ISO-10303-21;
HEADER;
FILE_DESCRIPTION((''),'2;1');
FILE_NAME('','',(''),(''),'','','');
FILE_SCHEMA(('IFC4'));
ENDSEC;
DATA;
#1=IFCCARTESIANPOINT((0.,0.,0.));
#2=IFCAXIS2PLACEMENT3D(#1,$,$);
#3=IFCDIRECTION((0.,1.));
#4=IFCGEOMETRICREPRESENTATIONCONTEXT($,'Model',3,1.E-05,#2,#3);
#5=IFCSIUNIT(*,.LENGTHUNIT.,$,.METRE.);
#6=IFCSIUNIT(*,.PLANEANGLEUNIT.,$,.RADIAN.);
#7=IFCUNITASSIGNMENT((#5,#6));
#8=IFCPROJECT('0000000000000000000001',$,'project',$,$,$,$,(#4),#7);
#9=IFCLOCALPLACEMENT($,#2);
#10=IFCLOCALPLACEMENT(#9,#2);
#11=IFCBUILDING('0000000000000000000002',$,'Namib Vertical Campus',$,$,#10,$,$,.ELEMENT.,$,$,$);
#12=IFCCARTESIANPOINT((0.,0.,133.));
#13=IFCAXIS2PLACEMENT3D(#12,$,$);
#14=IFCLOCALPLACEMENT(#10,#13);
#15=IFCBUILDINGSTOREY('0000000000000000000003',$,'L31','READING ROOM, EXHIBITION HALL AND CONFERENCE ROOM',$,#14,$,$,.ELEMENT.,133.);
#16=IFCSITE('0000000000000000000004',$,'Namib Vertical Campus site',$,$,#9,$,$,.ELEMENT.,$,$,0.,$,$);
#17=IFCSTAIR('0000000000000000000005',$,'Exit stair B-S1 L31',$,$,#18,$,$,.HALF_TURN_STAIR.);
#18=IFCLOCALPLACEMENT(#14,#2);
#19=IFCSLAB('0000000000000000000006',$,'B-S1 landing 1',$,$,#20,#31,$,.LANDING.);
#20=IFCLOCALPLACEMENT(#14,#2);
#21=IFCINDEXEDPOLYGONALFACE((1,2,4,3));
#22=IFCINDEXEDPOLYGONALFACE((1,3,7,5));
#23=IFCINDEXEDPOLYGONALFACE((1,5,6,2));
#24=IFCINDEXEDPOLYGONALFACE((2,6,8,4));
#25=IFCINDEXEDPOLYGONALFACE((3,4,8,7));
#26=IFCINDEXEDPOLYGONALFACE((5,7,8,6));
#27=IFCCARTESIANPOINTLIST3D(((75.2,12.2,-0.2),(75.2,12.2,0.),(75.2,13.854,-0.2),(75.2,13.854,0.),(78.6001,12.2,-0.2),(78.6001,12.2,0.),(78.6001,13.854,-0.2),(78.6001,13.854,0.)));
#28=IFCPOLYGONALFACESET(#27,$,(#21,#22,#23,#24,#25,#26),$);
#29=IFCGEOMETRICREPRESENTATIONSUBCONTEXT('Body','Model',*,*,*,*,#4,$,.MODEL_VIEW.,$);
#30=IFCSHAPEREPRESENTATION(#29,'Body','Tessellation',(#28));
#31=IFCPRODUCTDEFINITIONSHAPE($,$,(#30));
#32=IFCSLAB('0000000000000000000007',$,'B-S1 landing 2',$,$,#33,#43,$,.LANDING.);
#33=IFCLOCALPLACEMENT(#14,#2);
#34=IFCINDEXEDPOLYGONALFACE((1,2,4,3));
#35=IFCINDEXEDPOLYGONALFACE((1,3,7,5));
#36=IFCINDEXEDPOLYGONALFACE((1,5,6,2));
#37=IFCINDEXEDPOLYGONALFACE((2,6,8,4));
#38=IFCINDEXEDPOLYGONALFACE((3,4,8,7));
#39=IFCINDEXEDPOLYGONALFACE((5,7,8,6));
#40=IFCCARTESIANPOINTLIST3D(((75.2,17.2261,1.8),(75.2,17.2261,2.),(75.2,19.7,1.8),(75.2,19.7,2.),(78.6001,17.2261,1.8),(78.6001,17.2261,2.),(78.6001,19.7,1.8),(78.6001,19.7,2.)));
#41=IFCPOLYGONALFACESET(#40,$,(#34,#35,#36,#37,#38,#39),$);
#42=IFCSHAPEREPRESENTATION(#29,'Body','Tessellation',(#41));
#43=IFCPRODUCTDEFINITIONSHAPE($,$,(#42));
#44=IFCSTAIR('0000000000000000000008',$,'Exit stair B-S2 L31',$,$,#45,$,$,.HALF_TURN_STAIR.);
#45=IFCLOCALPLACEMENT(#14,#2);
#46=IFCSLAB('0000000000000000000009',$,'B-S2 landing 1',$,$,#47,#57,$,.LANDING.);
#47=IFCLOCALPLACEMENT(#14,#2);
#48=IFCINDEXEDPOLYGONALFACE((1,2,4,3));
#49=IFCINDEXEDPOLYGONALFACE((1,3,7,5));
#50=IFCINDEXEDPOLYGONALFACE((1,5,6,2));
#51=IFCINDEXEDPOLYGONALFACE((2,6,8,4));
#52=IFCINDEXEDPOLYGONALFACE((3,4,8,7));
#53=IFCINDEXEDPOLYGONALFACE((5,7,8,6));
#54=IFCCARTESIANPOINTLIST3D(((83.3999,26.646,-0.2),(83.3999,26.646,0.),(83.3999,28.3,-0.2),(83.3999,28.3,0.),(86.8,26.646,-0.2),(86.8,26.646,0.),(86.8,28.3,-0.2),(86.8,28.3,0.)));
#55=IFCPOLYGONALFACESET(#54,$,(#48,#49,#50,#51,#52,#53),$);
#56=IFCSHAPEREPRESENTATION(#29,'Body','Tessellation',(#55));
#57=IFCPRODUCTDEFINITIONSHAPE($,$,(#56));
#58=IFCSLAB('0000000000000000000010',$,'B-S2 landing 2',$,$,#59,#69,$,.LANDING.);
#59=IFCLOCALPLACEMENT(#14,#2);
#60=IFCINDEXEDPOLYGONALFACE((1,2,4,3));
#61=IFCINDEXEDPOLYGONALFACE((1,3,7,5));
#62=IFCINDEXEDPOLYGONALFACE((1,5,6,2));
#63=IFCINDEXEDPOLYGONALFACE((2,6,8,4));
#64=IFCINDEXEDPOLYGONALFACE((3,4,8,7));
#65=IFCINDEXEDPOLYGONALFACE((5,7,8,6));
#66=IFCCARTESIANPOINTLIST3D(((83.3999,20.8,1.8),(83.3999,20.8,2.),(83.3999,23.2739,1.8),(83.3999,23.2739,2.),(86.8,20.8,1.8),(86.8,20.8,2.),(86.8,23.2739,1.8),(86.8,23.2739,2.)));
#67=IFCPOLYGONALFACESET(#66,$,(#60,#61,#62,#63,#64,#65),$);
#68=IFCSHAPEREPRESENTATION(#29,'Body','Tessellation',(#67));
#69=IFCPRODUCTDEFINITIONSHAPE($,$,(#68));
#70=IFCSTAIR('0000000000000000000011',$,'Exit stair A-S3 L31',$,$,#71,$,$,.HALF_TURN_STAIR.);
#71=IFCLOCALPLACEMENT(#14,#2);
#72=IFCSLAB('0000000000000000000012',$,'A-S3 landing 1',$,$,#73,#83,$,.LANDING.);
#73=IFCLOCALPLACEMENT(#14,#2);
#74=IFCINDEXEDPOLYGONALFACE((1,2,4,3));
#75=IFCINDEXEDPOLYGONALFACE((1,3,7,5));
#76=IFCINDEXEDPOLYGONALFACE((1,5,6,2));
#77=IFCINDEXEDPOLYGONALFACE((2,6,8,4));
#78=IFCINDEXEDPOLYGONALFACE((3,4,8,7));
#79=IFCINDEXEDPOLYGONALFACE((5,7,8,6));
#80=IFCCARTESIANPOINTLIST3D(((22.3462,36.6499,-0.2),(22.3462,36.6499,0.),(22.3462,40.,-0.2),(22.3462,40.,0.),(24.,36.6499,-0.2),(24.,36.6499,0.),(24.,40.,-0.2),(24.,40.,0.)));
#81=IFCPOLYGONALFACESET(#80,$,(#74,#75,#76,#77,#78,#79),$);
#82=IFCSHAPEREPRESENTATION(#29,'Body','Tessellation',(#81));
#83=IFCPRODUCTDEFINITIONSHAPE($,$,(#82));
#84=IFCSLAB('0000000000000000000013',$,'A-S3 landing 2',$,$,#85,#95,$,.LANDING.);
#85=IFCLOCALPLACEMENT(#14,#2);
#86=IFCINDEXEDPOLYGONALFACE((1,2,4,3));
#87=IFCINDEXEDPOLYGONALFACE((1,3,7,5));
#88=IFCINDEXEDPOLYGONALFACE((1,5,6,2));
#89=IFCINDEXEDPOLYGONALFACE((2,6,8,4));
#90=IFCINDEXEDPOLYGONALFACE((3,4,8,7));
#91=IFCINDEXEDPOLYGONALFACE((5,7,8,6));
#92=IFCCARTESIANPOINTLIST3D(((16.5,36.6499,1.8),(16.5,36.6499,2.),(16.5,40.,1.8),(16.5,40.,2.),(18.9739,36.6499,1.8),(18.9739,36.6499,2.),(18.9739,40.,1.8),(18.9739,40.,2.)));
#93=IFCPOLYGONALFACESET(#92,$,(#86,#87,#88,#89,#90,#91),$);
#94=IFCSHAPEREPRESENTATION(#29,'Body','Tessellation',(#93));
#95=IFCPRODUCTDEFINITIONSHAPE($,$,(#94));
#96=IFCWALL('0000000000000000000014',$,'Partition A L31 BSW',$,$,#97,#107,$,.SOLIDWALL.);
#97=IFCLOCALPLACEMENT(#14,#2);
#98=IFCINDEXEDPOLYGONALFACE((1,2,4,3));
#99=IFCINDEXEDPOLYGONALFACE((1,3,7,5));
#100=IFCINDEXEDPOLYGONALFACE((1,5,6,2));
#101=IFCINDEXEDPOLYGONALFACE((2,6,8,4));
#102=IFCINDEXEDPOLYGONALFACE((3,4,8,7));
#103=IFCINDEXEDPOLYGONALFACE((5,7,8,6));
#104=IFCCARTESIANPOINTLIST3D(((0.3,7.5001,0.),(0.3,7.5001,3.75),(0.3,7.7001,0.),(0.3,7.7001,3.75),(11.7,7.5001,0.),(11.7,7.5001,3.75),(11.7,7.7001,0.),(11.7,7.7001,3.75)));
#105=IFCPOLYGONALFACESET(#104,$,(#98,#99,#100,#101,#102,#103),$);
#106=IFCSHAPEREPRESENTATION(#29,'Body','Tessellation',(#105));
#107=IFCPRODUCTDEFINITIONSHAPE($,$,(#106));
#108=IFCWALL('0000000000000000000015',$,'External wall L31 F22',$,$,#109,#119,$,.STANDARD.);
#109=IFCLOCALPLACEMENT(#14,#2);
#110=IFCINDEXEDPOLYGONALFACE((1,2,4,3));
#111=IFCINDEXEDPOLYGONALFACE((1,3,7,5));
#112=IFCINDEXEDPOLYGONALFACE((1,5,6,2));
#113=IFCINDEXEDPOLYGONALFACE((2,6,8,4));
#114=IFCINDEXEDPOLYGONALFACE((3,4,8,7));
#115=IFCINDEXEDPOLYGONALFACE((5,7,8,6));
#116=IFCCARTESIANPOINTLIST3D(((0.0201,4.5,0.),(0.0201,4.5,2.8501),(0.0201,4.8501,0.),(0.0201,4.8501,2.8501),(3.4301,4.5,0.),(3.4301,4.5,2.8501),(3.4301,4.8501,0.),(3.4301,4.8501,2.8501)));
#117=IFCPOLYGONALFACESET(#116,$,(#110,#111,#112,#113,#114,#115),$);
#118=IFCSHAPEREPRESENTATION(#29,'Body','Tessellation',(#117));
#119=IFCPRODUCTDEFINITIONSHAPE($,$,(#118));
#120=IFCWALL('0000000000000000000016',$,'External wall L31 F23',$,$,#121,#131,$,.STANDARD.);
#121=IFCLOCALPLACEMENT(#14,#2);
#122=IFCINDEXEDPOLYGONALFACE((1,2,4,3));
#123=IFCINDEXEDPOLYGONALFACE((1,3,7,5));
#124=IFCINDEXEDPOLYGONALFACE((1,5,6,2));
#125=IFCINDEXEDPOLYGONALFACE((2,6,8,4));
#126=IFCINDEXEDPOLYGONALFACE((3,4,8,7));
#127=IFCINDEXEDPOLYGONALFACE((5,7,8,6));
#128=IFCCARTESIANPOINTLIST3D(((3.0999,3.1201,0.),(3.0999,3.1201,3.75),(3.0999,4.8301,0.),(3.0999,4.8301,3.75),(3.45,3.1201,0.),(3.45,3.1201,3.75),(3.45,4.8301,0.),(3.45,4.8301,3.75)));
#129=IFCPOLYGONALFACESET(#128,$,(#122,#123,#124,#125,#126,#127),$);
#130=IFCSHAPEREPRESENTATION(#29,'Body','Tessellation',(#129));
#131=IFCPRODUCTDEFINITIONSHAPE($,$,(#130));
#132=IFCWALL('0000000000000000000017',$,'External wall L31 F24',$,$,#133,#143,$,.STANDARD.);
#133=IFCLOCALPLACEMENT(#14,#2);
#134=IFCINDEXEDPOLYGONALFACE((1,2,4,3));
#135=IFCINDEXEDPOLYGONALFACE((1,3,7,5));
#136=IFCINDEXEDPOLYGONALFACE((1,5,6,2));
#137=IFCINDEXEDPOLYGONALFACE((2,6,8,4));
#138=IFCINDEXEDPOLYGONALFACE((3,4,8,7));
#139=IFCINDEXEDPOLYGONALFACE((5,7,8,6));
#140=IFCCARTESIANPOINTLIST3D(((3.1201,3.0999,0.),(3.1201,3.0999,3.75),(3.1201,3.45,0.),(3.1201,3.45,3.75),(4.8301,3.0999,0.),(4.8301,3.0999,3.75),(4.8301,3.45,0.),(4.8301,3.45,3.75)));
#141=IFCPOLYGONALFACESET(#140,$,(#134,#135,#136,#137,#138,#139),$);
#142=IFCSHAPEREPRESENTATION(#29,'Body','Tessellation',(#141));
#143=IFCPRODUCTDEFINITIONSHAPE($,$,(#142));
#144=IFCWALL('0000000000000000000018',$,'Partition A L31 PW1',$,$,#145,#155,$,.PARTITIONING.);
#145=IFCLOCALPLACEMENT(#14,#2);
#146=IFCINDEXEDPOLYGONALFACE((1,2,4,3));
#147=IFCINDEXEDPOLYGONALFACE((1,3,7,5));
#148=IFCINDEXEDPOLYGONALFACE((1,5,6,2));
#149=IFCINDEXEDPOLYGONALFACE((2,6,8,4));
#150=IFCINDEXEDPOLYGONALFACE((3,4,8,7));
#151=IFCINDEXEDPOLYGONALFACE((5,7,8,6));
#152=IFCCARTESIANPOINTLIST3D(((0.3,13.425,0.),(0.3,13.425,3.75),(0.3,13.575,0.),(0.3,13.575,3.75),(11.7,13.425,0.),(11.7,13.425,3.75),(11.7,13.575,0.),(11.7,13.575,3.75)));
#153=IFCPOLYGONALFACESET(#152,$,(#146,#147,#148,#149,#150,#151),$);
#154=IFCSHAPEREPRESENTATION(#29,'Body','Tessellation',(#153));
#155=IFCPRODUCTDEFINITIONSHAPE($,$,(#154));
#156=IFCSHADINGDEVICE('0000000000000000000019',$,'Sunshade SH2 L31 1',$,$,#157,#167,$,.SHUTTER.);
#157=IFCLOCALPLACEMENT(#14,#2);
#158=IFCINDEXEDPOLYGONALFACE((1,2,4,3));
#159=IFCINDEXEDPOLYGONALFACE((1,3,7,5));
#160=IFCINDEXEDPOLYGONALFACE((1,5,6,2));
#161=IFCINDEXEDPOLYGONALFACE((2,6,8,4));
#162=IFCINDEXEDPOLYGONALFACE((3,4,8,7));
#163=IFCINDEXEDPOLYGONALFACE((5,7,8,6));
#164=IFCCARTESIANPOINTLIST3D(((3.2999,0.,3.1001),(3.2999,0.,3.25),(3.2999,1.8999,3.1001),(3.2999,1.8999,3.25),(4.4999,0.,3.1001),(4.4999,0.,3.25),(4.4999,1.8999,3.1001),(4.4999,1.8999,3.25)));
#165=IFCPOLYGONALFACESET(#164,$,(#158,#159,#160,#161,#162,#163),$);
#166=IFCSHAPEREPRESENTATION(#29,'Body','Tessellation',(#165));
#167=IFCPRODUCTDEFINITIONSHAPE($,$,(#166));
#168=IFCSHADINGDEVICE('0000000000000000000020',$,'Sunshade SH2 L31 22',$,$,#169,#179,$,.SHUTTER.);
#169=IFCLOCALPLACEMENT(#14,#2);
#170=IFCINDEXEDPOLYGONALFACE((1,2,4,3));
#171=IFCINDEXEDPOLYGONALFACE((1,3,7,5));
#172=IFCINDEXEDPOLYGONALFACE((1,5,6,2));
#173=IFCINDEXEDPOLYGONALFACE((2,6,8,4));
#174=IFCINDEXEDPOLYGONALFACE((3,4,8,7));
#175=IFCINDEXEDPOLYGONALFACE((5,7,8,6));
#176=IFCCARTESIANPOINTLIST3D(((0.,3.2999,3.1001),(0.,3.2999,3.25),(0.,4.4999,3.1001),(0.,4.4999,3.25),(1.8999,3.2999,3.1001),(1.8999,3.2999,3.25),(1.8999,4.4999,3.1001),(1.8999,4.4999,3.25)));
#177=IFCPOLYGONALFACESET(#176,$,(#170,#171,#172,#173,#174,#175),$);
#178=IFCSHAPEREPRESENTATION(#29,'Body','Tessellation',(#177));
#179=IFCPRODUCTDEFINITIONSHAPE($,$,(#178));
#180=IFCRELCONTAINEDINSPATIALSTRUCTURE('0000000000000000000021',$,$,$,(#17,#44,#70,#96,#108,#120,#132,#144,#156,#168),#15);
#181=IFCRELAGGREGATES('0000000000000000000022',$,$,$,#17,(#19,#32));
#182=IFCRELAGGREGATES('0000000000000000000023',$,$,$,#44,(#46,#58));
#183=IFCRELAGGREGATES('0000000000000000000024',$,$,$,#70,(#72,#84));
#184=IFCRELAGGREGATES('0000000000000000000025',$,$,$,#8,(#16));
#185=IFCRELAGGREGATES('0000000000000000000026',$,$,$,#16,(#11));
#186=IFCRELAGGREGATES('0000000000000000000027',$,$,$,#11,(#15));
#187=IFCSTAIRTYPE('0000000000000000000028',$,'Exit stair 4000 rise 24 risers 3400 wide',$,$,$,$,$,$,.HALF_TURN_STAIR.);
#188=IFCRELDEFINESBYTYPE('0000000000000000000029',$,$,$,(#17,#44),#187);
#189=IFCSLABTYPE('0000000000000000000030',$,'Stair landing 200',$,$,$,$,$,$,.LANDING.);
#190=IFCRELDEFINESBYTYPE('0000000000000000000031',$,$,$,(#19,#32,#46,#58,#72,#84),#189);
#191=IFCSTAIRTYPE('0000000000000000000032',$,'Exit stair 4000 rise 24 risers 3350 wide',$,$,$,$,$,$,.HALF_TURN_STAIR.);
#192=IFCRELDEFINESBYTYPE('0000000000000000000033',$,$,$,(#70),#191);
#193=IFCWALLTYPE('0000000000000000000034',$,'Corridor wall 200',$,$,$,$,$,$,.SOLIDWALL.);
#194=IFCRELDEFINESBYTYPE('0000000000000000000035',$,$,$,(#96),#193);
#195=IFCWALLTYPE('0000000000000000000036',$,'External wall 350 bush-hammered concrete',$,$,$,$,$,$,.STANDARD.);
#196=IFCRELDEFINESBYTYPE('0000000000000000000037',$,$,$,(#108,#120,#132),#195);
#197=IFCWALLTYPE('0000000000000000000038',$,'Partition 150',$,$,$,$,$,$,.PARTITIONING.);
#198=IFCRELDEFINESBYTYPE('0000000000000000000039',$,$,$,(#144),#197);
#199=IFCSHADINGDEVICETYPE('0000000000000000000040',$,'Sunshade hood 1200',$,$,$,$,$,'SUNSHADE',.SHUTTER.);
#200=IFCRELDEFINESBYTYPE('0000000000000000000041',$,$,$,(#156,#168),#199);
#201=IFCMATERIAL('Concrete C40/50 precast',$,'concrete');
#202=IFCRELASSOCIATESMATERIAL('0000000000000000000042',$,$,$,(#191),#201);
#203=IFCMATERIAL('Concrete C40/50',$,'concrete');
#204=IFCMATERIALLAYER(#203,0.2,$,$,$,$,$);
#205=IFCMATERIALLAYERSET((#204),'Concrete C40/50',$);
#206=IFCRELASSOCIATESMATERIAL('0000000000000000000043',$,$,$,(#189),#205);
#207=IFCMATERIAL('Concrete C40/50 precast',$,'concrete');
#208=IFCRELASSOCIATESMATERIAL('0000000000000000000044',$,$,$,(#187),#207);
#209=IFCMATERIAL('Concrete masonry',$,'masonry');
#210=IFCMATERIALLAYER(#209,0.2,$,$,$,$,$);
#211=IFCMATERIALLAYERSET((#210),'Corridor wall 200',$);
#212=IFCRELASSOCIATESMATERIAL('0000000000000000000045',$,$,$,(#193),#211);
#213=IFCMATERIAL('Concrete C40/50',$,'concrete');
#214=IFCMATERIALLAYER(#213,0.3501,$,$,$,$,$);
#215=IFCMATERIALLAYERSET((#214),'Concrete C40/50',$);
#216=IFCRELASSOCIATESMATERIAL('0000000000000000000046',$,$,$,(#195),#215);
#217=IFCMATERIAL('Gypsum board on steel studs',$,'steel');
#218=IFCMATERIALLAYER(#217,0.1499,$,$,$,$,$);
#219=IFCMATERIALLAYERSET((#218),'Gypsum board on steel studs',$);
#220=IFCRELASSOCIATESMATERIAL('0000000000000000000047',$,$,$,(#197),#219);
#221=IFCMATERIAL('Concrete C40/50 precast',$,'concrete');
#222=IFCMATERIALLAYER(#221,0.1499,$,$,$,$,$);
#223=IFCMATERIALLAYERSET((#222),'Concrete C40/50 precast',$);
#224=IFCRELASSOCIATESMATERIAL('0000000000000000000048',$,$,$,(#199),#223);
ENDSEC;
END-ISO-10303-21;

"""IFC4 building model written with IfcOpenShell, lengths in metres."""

from ifc_helpers import new_model, si_unit, direction, frame, frame_2d, origin, origin_2d, place, context, subcontext, project, spatial, polyline, rectangle, outline, extrude, material, layer, layer_set, type_object, element, aggregate, save


model = new_model("IFC4")

# Units and contexts
model_context = context("Model", 3, precision=1e-05, world=origin(), true_north=direction((0.0, 1.0)))
body_context = subcontext(model_context, "Body", "Model", "MODEL_VIEW")
ifc_project = project(units=[si_unit("LENGTHUNIT", "METRE"), si_unit("PLANEANGLEUNIT", "RADIAN")], contexts=[model_context])

# Site, building, storey
site_placement = place(None, origin())
site = spatial("IfcSite", under=ifc_project, at=site_placement, Name="Namib Vertical Campus site", CompositionType="ELEMENT", RefElevation=0.0)
building_placement = place(site_placement, origin())
building = spatial("IfcBuilding", under=site, at=building_placement, Name="Namib Vertical Campus", CompositionType="ELEMENT")
storey_placement = place(building_placement, frame((0.0, 0.0, 133.0)))
storey = spatial("IfcBuildingStorey", under=building, at=storey_placement, Name="L31", Description="READING ROOM, EXHIBITION HALL AND CONFERENCE ROOM", CompositionType="ELEMENT", Elevation=133.0)

# Stairs, slabs
ifc_material_1 = material(Name="Concrete C40/50 precast", Category="concrete")
stair_type_1 = type_object("IfcStairType", Name="Exit stair 4000 rise 24 risers 3350 wide", PredefinedType="HALF_TURN_STAIR", material=ifc_material_1)
ifc_material_2 = material(Name="Concrete C40/50", Category="concrete")
ifc_layer_1 = layer(ifc_material_2, 0.2)
ifc_layer_set_1 = layer_set([ifc_layer_1], Name="Concrete C40/50")
slab_type_1 = type_object("IfcSlabType", Name="Stair landing 200", PredefinedType="LANDING", material=ifc_layer_set_1)
ifc_material_3 = material(Name="Concrete C40/50 precast", Category="concrete")
stair_type_2 = type_object("IfcStairType", Name="Exit stair 4000 rise 24 risers 3400 wide", PredefinedType="HALF_TURN_STAIR", material=ifc_material_3)
stair_1_placement = place(storey_placement, origin())
stair_1 = element("IfcStair", 1, at=stair_1_placement, inside=storey, type_object=stair_type_2, Name="Exit stair B-S1 L31", PredefinedType="HALF_TURN_STAIR")
slab_1_placement = place(storey_placement, frame((0.0, 0.0, -0.2)))
slab_1 = element("IfcSlab", 2, at=slab_1_placement, type_object=slab_type_1, Name="B-S1 landing 1", PredefinedType="LANDING", context=body_context, shape_type="SweptSolid", body=[
    extrude(outline(polyline([(75.2, 12.2), (78.6001, 12.2), (78.6001, 13.854), (75.2, 13.854), (75.2, 12.2)])), origin(), (0.0, 0.0, 1.0), 0.2),
])
slab_2_placement = place(storey_placement, frame((0.0, 0.0, 1.8)))
slab_2 = element("IfcSlab", 3, at=slab_2_placement, type_object=slab_type_1, Name="B-S1 landing 2", PredefinedType="LANDING", context=body_context, shape_type="SweptSolid", body=[
    extrude(outline(polyline([(75.2, 17.2261), (78.6001, 17.2261), (78.6001, 19.7), (75.2, 19.7), (75.2, 17.2261)])), origin(), (0.0, 0.0, 1.0), 0.2),
])
aggregate(stair_1, [slab_1, slab_2])
stair_2_placement = place(storey_placement, origin())
stair_2 = element("IfcStair", 4, at=stair_2_placement, inside=storey, type_object=stair_type_2, Name="Exit stair B-S2 L31", PredefinedType="HALF_TURN_STAIR")
slab_3_placement = place(storey_placement, frame((0.0, 0.0, -0.2)))
slab_3 = element("IfcSlab", 5, at=slab_3_placement, type_object=slab_type_1, Name="B-S2 landing 1", PredefinedType="LANDING", context=body_context, shape_type="SweptSolid", body=[
    extrude(outline(polyline([(83.3999, 26.646), (86.8, 26.646), (86.8, 28.3), (83.3999, 28.3), (83.3999, 26.646)])), origin(), (0.0, 0.0, 1.0), 0.2),
])
slab_4_placement = place(storey_placement, frame((0.0, 0.0, 1.8)))
slab_4 = element("IfcSlab", 6, at=slab_4_placement, type_object=slab_type_1, Name="B-S2 landing 2", PredefinedType="LANDING", context=body_context, shape_type="SweptSolid", body=[
    extrude(outline(polyline([(83.3999, 20.8), (86.8, 20.8), (86.8, 23.2739), (83.3999, 23.2739), (83.3999, 20.8)])), origin(), (0.0, 0.0, 1.0), 0.2),
])
aggregate(stair_2, [slab_3, slab_4])
stair_3_placement = place(storey_placement, origin())
stair_3 = element("IfcStair", 7, at=stair_3_placement, inside=storey, type_object=stair_type_1, Name="Exit stair A-S3 L31", PredefinedType="HALF_TURN_STAIR")
slab_5_placement = place(storey_placement, frame((0.0, 0.0, -0.2)))
slab_5 = element("IfcSlab", 8, at=slab_5_placement, type_object=slab_type_1, Name="A-S3 landing 1", PredefinedType="LANDING", context=body_context, shape_type="SweptSolid", body=[
    extrude(outline(polyline([(22.3462, 36.6499), (22.3462, 40.0), (24.0, 40.0), (24.0, 36.6499), (22.3462, 36.6499)])), origin(), (0.0, 0.0, 1.0), 0.2),
])
slab_6_placement = place(storey_placement, frame((0.0, 0.0, 1.8)))
slab_6 = element("IfcSlab", 9, at=slab_6_placement, type_object=slab_type_1, Name="A-S3 landing 2", PredefinedType="LANDING", context=body_context, shape_type="SweptSolid", body=[
    extrude(outline(polyline([(16.5, 36.6499), (16.5, 40.0), (18.9739, 40.0), (18.9739, 36.6499), (16.5, 36.6499)])), origin(), (0.0, 0.0, 1.0), 0.2),
])
aggregate(stair_3, [slab_5, slab_6])

# Walls
ifc_material_4 = material(Name="Concrete masonry", Category="masonry")
ifc_layer_2 = layer(ifc_material_4, 0.2)
ifc_layer_set_2 = layer_set([ifc_layer_2], Name="Corridor wall 200")
wall_type_1 = type_object("IfcWallType", Name="Corridor wall 200", PredefinedType="SOLIDWALL", material=ifc_layer_set_2)
wall_1_placement = place(storey_placement, frame((0.3, 7.6001, 0.0), z_axis=(0.0, 0.0, 1.0), x_axis=(1.0, 0.0, 0.0)))
element("IfcWall", 10, at=wall_1_placement, inside=storey, type_object=wall_type_1, Name="Partition A L31 BSW", PredefinedType="SOLIDWALL", context=body_context, shape_type="SweptSolid", body=[
    extrude(rectangle(XDim=11.3999, YDim=0.2, at=frame_2d((5.7, 0.0))), origin(), (0.0, 0.0, 1.0), 3.75),
])
ifc_material_5 = material(Name="Concrete C40/50", Category="concrete")
ifc_layer_3 = layer(ifc_material_5, 0.3501)
ifc_layer_set_3 = layer_set([ifc_layer_3], Name="Concrete C40/50")
wall_type_2 = type_object("IfcWallType", Name="External wall 350 bush-hammered concrete", PredefinedType="STANDARD", material=ifc_layer_set_3)
wall_2_placement = place(storey_placement, frame((0.02, 4.675, 0.0), z_axis=(0.0, 0.0, 1.0), x_axis=(1.0, 0.0, 0.0)))
element("IfcWall", 11, at=wall_2_placement, inside=storey, type_object=wall_type_2, Name="External wall L31 F22", PredefinedType="STANDARD", context=body_context, shape_type="SweptSolid", body=[
    extrude(rectangle(XDim=3.4099, YDim=0.3501, at=frame_2d((1.7051, 0.0))), origin(), (0.0, 0.0, 1.0), 2.8501),
])
for number, where, z_axis, x_axis, name in (
    (12, (3.2749, 4.8301, 0.0), (0.0, 0.0, 1.0), (0.0, -1.0, 0.0), "External wall L31 F23"),
    (13, (3.1201, 3.2749, 0.0), (0.0, 0.0, 1.0), (1.0, 0.0, 0.0), "External wall L31 F24"),
):
    element("IfcWall", number, at=place(storey_placement, frame(where, z_axis=z_axis, x_axis=x_axis)), inside=storey, type_object=wall_type_2, Name=name, PredefinedType="STANDARD", context=body_context, shape_type="SweptSolid", body=[
        extrude(rectangle(XDim=1.71, YDim=0.3501, at=frame_2d((0.855, 0.0))), origin(), (0.0, 0.0, 1.0), 3.75),
    ])
ifc_material_6 = material(Name="Gypsum board on steel studs", Category="steel")
ifc_layer_4 = layer(ifc_material_6, 0.1499)
ifc_layer_set_4 = layer_set([ifc_layer_4], Name="Gypsum board on steel studs")
wall_type_3 = type_object("IfcWallType", Name="Partition 150", PredefinedType="PARTITIONING", material=ifc_layer_set_4)
wall_3_placement = place(storey_placement, frame((0.3, 13.5, 0.0), z_axis=(0.0, 0.0, 1.0), x_axis=(1.0, 0.0, 0.0)))
element("IfcWall", 14, at=wall_3_placement, inside=storey, type_object=wall_type_3, Name="Partition A L31 PW1", PredefinedType="PARTITIONING", context=body_context, shape_type="SweptSolid", body=[
    extrude(rectangle(XDim=11.3999, YDim=0.1499, at=frame_2d((5.7, 0.0))), origin(), (0.0, 0.0, 1.0), 3.75),
])

# Shading devices
ifc_material_7 = material(Name="Concrete C40/50 precast", Category="concrete")
ifc_layer_5 = layer(ifc_material_7, 0.1499)
ifc_layer_set_5 = layer_set([ifc_layer_5], Name="Concrete C40/50 precast")
shading_device_type = type_object("IfcShadingDeviceType", Name="Sunshade hood 1200", ElementType="SUNSHADE", PredefinedType="SHUTTER", material=ifc_layer_set_5)
for number, where, z_axis, x_axis, name in (
    (15, (3.8999, 0.95, 3.1001), (0.0, 0.0, 1.0), (0.0, -1.0, 0.0), "Sunshade SH2 L31 1"),
    (16, (0.95, 3.8999, 3.1001), (0.0, 0.0, 1.0), (1.0, 0.0, 0.0), "Sunshade SH2 L31 22"),
):
    element("IfcShadingDevice", number, at=place(storey_placement, frame(where, z_axis=z_axis, x_axis=x_axis)), inside=storey, type_object=shading_device_type, Name=name, PredefinedType="SHUTTER", context=body_context, shape_type="SweptSolid", body=[
        extrude(rectangle(XDim=1.8999, YDim=1.2, at=origin_2d()), origin(), (0.0, 0.0, 1.0), 0.1499),
    ])

save(model, "model.ifc")
